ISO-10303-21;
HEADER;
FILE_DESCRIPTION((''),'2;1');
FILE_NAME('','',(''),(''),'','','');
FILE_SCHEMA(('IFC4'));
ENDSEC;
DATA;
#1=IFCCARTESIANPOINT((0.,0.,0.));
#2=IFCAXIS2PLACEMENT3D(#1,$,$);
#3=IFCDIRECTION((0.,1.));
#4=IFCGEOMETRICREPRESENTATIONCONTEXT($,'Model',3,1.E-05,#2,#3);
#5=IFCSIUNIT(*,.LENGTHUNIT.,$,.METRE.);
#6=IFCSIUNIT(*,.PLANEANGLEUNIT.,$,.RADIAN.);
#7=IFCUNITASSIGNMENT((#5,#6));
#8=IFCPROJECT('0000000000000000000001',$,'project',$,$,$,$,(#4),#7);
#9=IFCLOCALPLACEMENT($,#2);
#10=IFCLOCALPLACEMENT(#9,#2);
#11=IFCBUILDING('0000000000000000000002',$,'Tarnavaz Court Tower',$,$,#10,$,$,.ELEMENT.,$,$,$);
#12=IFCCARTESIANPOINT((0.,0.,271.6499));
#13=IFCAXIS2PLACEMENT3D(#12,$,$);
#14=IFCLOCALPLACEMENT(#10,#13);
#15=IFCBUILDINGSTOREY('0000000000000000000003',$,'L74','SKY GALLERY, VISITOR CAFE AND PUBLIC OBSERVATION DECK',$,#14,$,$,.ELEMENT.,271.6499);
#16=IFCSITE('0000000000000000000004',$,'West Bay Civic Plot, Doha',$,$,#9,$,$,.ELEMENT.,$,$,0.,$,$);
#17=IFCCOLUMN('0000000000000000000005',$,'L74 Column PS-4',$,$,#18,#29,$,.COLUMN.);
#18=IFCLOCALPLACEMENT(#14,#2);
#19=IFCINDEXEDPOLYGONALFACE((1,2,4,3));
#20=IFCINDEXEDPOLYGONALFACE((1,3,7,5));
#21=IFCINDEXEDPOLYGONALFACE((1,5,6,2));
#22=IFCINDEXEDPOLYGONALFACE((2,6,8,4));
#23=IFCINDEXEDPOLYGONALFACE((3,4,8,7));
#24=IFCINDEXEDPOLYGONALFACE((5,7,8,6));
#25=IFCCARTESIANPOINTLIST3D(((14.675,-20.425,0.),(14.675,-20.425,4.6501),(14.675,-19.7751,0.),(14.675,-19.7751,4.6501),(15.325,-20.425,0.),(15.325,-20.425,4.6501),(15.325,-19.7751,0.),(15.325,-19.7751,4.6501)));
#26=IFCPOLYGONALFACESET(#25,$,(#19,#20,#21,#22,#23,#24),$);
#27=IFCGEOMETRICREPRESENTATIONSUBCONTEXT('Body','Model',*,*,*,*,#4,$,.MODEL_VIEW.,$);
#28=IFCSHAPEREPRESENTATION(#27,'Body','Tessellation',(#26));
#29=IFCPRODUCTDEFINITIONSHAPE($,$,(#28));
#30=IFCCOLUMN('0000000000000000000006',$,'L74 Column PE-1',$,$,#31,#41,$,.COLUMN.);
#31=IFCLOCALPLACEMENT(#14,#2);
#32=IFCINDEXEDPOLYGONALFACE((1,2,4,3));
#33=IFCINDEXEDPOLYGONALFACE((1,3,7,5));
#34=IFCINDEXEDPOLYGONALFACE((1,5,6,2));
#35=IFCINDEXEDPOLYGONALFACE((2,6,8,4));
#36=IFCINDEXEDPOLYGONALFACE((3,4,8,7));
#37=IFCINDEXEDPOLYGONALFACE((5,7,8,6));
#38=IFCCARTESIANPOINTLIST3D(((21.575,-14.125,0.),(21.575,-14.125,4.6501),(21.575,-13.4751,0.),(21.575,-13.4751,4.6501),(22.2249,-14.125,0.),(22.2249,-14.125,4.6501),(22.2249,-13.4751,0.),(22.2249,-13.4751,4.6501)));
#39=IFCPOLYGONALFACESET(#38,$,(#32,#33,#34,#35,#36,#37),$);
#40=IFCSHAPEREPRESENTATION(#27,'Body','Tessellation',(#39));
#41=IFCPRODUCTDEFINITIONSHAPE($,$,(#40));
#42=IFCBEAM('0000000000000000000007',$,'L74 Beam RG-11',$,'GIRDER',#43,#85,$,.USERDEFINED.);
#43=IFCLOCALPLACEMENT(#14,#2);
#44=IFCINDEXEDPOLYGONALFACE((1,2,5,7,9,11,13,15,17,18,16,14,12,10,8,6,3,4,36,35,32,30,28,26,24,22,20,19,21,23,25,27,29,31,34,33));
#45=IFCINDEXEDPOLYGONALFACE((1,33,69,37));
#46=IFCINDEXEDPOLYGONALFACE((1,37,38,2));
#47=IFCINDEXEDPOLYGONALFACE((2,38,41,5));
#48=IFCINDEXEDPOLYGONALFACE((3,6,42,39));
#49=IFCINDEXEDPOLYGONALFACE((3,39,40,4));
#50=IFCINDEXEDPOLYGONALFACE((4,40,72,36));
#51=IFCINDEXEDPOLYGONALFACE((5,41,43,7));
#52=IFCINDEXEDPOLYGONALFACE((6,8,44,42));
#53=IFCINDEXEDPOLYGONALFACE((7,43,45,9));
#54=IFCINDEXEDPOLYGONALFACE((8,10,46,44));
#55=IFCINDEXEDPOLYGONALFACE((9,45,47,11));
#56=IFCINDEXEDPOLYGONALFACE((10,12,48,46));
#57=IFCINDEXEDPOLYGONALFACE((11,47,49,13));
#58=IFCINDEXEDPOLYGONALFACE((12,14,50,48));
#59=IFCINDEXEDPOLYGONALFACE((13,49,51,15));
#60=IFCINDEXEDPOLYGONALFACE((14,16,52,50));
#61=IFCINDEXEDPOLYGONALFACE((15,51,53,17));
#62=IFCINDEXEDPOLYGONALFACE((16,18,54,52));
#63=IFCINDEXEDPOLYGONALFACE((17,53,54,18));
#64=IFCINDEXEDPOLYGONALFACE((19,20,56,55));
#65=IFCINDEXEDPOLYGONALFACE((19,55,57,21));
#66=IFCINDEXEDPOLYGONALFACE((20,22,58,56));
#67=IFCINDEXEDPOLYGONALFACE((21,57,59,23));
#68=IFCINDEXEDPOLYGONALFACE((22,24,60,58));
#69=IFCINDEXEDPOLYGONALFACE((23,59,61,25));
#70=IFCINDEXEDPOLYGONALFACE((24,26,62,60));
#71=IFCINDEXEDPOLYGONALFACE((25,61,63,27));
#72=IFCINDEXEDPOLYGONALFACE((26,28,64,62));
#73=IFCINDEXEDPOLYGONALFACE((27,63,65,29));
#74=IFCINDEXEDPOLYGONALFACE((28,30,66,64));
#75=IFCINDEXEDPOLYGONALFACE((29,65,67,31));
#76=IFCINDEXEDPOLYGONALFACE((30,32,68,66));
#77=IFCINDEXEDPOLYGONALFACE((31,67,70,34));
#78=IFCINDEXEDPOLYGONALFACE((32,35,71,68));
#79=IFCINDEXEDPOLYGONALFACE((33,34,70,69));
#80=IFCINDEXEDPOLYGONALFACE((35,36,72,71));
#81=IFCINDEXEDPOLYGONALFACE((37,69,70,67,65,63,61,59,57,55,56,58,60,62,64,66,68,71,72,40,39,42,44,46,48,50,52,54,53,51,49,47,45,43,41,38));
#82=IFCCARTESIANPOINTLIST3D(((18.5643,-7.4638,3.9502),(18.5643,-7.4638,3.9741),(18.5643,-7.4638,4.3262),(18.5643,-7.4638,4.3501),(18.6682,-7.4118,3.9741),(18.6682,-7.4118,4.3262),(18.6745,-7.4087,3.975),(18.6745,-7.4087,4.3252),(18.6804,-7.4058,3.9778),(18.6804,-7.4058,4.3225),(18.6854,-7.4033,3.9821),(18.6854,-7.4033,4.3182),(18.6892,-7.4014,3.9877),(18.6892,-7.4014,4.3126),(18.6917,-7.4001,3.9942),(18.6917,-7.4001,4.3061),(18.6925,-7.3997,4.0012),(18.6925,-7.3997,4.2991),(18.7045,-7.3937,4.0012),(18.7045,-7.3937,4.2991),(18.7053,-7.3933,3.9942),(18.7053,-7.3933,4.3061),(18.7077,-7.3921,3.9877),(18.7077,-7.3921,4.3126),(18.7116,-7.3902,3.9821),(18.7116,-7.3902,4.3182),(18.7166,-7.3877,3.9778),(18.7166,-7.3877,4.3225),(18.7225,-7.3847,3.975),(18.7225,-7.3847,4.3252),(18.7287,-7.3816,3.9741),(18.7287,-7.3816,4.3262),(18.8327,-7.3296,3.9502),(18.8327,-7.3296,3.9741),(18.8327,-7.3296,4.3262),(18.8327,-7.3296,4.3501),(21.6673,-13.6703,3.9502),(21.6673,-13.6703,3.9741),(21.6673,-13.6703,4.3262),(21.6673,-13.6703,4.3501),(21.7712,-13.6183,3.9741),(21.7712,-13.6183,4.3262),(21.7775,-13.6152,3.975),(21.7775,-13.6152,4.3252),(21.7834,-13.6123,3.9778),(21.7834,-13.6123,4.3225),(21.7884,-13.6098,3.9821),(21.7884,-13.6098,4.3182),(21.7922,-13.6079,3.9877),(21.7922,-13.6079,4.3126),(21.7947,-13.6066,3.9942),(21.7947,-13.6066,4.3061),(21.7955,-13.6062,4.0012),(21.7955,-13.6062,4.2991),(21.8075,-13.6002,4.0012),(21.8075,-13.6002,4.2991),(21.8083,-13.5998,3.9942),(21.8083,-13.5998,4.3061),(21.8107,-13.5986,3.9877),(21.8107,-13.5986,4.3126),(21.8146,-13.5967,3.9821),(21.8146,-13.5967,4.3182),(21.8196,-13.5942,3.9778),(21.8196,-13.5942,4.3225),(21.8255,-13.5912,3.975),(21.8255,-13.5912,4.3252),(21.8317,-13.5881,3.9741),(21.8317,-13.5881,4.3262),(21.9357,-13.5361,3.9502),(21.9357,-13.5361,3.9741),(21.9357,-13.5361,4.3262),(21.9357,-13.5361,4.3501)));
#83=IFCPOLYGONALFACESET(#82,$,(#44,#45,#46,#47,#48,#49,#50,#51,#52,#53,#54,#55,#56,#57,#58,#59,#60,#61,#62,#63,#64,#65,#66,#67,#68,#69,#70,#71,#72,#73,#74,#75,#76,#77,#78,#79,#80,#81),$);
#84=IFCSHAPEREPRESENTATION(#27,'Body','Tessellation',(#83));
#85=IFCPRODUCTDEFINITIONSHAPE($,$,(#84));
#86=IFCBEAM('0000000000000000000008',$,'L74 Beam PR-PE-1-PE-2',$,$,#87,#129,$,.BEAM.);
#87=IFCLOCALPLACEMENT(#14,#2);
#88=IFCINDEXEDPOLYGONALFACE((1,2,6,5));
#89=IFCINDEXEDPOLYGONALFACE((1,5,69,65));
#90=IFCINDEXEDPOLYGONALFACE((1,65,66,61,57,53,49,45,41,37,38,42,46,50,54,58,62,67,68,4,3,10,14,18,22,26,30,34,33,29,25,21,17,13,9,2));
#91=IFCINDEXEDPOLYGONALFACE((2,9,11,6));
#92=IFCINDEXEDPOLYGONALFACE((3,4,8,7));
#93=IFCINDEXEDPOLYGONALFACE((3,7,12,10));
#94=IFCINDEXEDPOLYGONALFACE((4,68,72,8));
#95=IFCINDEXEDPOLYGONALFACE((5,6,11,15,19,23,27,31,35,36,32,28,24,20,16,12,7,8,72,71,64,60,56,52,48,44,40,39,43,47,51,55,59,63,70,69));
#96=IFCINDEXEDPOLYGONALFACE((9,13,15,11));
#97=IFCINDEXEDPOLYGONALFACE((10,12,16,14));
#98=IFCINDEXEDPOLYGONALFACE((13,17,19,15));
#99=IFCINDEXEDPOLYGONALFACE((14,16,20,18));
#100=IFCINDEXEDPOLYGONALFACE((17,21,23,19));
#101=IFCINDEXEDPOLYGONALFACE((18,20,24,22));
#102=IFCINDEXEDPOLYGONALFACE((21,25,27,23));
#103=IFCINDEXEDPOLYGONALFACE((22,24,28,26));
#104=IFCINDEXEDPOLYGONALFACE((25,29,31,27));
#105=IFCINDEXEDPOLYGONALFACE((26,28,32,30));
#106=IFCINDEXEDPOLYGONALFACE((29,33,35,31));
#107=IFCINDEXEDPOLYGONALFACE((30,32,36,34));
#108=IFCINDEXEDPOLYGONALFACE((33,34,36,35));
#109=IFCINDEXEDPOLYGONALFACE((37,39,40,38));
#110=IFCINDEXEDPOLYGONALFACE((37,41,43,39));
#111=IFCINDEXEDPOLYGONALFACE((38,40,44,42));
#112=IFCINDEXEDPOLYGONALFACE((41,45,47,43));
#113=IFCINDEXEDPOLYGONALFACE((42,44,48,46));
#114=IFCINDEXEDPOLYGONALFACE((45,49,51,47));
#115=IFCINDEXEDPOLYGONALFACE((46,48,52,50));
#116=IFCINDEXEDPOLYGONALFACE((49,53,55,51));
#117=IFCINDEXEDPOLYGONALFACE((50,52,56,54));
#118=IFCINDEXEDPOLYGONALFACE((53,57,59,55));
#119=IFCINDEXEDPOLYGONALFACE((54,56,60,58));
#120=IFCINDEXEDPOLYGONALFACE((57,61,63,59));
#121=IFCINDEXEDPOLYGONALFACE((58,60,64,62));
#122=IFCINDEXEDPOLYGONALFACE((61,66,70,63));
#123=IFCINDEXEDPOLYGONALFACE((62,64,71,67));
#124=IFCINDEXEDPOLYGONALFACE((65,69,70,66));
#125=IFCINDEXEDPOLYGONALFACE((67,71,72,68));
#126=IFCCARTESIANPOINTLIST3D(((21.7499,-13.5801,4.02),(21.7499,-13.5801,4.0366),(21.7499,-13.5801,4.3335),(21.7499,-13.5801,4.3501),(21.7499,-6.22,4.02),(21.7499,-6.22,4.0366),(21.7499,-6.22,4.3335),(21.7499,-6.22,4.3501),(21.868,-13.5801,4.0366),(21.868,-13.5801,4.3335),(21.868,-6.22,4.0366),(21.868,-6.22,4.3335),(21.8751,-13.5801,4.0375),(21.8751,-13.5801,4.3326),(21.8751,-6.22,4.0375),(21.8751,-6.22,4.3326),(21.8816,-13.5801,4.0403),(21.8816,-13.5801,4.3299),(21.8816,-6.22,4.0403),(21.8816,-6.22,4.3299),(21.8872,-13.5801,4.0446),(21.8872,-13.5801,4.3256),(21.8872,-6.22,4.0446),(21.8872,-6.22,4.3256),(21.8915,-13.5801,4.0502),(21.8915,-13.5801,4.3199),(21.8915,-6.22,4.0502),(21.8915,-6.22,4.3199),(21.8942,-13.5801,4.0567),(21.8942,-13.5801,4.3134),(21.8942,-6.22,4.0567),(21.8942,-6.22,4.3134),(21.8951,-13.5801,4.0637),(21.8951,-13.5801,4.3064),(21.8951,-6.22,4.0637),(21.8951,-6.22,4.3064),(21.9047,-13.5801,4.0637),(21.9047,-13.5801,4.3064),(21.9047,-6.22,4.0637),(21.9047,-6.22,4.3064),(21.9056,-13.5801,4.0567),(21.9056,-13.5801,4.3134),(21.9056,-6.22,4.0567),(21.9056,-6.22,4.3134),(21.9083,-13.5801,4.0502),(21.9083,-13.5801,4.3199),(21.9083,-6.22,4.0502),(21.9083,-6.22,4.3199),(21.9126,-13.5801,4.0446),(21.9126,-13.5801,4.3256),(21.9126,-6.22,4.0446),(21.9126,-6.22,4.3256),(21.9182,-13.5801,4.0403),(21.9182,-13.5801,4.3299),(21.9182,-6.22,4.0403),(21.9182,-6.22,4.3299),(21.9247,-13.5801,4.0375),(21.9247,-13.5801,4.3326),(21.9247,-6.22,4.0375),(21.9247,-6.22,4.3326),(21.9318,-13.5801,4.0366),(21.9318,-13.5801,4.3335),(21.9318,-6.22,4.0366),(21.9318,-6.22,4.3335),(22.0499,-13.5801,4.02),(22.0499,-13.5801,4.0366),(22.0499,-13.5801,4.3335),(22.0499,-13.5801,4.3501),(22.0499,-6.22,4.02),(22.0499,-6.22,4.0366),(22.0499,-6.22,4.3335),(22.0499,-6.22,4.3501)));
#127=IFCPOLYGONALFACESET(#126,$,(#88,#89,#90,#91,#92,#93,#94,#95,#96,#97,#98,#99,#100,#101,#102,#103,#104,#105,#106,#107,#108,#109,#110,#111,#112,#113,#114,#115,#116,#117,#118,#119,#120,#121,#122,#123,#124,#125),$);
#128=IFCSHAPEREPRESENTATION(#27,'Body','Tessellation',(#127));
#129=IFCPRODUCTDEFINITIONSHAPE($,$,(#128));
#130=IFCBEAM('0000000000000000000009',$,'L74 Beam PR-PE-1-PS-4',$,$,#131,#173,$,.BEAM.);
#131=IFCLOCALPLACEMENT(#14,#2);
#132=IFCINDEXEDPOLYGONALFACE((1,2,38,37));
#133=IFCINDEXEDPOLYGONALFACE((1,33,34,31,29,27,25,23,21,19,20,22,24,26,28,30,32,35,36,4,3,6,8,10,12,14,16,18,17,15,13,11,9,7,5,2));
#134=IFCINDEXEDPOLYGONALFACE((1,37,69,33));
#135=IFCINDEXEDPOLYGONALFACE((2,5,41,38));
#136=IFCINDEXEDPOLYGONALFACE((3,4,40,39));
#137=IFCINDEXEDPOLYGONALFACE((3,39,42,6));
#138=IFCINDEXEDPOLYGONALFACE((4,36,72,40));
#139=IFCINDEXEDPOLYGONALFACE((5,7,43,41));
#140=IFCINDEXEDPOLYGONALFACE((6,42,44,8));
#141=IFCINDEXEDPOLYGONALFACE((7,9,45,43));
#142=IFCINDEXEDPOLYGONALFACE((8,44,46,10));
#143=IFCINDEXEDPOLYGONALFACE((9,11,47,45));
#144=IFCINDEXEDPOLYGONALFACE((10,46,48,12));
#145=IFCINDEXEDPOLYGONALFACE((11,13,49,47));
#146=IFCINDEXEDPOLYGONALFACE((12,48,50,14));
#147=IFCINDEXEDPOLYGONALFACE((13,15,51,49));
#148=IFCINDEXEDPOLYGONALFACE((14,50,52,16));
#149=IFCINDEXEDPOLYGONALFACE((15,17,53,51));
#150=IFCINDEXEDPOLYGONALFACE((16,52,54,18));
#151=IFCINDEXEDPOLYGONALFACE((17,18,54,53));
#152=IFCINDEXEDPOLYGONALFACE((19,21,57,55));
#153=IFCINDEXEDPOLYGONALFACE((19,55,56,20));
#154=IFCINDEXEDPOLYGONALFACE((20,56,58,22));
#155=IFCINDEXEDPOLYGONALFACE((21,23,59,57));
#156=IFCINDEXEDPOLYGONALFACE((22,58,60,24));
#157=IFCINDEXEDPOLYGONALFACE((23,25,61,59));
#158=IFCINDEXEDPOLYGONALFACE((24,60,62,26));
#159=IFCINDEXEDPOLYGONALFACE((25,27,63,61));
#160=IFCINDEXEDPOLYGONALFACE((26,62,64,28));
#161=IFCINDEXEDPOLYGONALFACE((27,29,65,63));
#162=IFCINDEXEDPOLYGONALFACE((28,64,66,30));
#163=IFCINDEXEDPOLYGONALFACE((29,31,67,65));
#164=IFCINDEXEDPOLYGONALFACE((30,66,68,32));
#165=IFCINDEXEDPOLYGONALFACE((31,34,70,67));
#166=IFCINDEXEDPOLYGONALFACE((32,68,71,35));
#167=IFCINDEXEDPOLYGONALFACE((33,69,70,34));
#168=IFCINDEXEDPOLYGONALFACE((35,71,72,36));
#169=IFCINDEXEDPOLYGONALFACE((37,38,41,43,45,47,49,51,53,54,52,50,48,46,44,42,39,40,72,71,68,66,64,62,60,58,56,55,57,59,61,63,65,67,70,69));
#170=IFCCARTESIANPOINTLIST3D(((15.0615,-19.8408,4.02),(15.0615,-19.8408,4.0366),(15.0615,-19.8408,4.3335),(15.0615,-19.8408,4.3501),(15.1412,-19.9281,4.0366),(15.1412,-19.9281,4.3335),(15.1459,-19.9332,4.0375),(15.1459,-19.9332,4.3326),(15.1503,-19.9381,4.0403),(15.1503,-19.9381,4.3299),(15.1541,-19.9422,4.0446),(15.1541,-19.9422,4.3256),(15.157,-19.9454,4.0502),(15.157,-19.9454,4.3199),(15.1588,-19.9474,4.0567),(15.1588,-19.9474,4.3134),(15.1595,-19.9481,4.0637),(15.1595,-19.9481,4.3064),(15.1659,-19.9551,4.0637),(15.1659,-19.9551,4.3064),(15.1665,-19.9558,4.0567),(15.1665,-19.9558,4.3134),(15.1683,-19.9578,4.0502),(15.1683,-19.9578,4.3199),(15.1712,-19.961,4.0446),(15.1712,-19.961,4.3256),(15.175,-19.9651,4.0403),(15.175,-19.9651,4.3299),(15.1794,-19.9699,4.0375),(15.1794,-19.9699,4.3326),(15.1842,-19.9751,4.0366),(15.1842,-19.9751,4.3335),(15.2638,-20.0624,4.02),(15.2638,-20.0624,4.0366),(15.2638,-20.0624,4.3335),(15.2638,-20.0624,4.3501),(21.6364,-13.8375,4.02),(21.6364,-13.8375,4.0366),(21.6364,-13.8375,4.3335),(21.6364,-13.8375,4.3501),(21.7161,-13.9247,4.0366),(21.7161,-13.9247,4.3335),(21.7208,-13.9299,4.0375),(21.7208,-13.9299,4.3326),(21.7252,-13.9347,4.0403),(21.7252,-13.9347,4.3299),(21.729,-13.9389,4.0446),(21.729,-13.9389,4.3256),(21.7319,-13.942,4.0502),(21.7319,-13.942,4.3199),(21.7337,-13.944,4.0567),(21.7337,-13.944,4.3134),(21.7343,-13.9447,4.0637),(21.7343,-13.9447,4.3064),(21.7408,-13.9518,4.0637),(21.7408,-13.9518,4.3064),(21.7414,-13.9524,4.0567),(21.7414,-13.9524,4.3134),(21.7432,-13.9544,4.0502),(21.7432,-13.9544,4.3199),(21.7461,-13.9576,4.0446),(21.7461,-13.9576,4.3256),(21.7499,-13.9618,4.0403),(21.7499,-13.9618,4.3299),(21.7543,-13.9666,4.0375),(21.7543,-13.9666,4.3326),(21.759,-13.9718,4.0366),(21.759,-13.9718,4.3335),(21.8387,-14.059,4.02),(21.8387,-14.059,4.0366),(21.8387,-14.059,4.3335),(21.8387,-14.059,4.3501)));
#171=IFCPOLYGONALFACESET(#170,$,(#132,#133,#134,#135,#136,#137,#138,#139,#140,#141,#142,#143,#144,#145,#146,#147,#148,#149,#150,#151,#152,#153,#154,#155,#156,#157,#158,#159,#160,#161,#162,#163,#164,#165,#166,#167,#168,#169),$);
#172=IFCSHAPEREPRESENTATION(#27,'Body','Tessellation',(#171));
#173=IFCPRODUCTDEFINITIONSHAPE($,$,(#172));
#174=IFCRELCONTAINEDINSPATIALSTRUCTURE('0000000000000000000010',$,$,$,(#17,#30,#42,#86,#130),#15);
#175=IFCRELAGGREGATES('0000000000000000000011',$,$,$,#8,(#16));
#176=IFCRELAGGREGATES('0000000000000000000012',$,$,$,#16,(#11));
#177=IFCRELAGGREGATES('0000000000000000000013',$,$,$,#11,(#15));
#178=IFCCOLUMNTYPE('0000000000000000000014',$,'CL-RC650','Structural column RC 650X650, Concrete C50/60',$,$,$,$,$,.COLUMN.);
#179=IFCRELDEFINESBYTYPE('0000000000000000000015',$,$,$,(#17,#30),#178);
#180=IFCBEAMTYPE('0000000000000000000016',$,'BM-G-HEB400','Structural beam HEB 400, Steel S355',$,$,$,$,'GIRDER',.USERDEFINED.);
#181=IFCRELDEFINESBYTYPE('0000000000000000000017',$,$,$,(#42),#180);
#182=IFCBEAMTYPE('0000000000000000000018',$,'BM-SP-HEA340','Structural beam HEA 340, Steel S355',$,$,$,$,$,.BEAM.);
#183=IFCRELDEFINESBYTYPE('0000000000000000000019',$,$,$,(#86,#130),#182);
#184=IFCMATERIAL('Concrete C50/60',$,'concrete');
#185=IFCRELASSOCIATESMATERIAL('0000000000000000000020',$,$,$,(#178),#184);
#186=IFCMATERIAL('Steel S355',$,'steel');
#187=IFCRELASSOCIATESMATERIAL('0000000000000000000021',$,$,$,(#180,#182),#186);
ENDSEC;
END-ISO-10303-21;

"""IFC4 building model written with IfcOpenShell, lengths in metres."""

from ifc_helpers import new_model, si_unit, direction, frame, origin, origin_2d, place, context, subcontext, project, spatial, rectangle, i_section, extrude, material, material_profile, profile_set, type_object, element, save


model = new_model("IFC4")

# Units and contexts
model_context = context("Model", 3, precision=1e-05, world=origin(), true_north=direction((0.0, 1.0)))
body_context = subcontext(model_context, "Body", "Model", "MODEL_VIEW")
ifc_project = project(units=[si_unit("LENGTHUNIT", "METRE"), si_unit("PLANEANGLEUNIT", "RADIAN")], contexts=[model_context])

# Site, building, storey
site_placement = place(None, origin())
site = spatial("IfcSite", under=ifc_project, at=site_placement, Name="West Bay Civic Plot, Doha", CompositionType="ELEMENT", RefElevation=0.0)
building_placement = place(site_placement, origin())
building = spatial("IfcBuilding", under=site, at=building_placement, Name="Tarnavaz Court Tower", CompositionType="ELEMENT")
storey_placement = place(building_placement, frame((0.0, 0.0, 271.6499)))
storey = spatial("IfcBuildingStorey", under=building, at=storey_placement, Name="L74", Description="SKY GALLERY, VISITOR CAFE AND PUBLIC OBSERVATION DECK", CompositionType="ELEMENT", Elevation=271.6499)

# Columns
ifc_material_1 = material(Name="Concrete C50/60", Category="concrete")
ifc_material_profile_1 = material_profile(ifc_material_1, rectangle(XDim=0.6499, YDim=0.6499, at=origin_2d()), Name="RC 650X650")
ifc_profile_set_1 = profile_set([ifc_material_profile_1], Name="Concrete C50/60")
column_type = type_object("IfcColumnType", Name="CL-RC650", Description="Structural column RC 650X650, Concrete C50/60", PredefinedType="COLUMN", material=ifc_profile_set_1)
for number, where, z_axis, x_axis, name in (
    (1, (15.0, -20.1001, 0.0), (0.0, 0.0, 1.0), (1.0, 0.0, 0.0), "L74 Column PS-4"),
    (2, (21.8999, -13.8, 0.0), (0.0, 0.0, 1.0), (1.0, 0.0, 0.0), "L74 Column PE-1"),
):
    element("IfcColumn", number, at=place(storey_placement, frame(where, z_axis=z_axis, x_axis=x_axis)), inside=storey, type_object=column_type, Name=name, PredefinedType="COLUMN", context=body_context, shape_type="SweptSolid", body=[
        extrude(rectangle(XDim=0.6499, YDim=0.6499, at=origin_2d()), origin(), (0.0, 0.0, 1.0), 4.6501),
    ])

# Beams
ifc_material_2 = material(Name="Steel S355", Category="steel")
ifc_material_profile_2 = material_profile(ifc_material_2, i_section(OverallWidth=0.3, OverallDepth=0.3999, WebThickness=0.0134, FlangeThickness=0.0239, FilletRadius=0.0271, at=origin_2d()), Name="HEB 400")
ifc_profile_set_2 = profile_set([ifc_material_profile_2], Name="Steel S355")
beam_type_1 = type_object("IfcBeamType", Name="BM-G-HEB400", Description="Structural beam HEB 400, Steel S355", ElementType="GIRDER", PredefinedType="USERDEFINED", material=ifc_profile_set_2)
beam_1_placement = place(storey_placement, frame((18.6985, -7.3967, 4.1501), z_axis=(0.447185, -0.894441, 0.0), x_axis=(0.894441, 0.447185, 0.0)))
element("IfcBeam", 3, at=beam_1_placement, inside=storey, type_object=beam_type_1, Name="L74 Beam RG-11", ObjectType="GIRDER", PredefinedType="USERDEFINED", context=body_context, shape_type="SweptSolid", body=[
    extrude(i_section(OverallWidth=0.3, OverallDepth=0.3999, WebThickness=0.0134, FlangeThickness=0.0239, FilletRadius=0.0271, at=origin_2d()), origin(), (0.0, 0.0, 1.0), 6.939),
])
ifc_material_profile_3 = material_profile(ifc_material_2, i_section(OverallWidth=0.3, OverallDepth=0.3301, WebThickness=0.0095, FlangeThickness=0.0166, FilletRadius=0.0271, at=origin_2d()), Name="HEA 340")
ifc_profile_set_3 = profile_set([ifc_material_profile_3], Name="Steel S355")
beam_type_2 = type_object("IfcBeamType", Name="BM-SP-HEA340", Description="Structural beam HEA 340, Steel S355", PredefinedType="BEAM", material=ifc_profile_set_3)
beam_2_placement = place(storey_placement, frame((21.8999, -13.5801, 4.1851), z_axis=(0.0, 1.0, 0.0), x_axis=(-1.0, 0.0, 0.0)))
element("IfcBeam", 4, at=beam_2_placement, inside=storey, type_object=beam_type_2, Name="L74 Beam PR-PE-1-PE-2", PredefinedType="BEAM", context=body_context, shape_type="SweptSolid", body=[
    extrude(i_section(OverallWidth=0.3, OverallDepth=0.3301, WebThickness=0.0095, FlangeThickness=0.0166, FilletRadius=0.0271, at=origin_2d()), origin(), (0.0, 0.0, 1.0), 7.3601),
])
beam_3_placement = place(storey_placement, frame((21.7375, -13.9482, 4.1851), z_axis=(-0.738474, -0.674282, 0.0), x_axis=(0.674282, -0.738474, 0.0)))
element("IfcBeam", 5, at=beam_3_placement, inside=storey, type_object=beam_type_2, Name="L74 Beam PR-PE-1-PS-4", PredefinedType="BEAM", context=body_context, shape_type="SweptSolid", body=[
    extrude(i_section(OverallWidth=0.3, OverallDepth=0.3301, WebThickness=0.0095, FlangeThickness=0.0166, FilletRadius=0.0271, at=origin_2d()), origin(), (0.0, 0.0, 1.0), 8.9033),
])

save(model, "model.ifc")
